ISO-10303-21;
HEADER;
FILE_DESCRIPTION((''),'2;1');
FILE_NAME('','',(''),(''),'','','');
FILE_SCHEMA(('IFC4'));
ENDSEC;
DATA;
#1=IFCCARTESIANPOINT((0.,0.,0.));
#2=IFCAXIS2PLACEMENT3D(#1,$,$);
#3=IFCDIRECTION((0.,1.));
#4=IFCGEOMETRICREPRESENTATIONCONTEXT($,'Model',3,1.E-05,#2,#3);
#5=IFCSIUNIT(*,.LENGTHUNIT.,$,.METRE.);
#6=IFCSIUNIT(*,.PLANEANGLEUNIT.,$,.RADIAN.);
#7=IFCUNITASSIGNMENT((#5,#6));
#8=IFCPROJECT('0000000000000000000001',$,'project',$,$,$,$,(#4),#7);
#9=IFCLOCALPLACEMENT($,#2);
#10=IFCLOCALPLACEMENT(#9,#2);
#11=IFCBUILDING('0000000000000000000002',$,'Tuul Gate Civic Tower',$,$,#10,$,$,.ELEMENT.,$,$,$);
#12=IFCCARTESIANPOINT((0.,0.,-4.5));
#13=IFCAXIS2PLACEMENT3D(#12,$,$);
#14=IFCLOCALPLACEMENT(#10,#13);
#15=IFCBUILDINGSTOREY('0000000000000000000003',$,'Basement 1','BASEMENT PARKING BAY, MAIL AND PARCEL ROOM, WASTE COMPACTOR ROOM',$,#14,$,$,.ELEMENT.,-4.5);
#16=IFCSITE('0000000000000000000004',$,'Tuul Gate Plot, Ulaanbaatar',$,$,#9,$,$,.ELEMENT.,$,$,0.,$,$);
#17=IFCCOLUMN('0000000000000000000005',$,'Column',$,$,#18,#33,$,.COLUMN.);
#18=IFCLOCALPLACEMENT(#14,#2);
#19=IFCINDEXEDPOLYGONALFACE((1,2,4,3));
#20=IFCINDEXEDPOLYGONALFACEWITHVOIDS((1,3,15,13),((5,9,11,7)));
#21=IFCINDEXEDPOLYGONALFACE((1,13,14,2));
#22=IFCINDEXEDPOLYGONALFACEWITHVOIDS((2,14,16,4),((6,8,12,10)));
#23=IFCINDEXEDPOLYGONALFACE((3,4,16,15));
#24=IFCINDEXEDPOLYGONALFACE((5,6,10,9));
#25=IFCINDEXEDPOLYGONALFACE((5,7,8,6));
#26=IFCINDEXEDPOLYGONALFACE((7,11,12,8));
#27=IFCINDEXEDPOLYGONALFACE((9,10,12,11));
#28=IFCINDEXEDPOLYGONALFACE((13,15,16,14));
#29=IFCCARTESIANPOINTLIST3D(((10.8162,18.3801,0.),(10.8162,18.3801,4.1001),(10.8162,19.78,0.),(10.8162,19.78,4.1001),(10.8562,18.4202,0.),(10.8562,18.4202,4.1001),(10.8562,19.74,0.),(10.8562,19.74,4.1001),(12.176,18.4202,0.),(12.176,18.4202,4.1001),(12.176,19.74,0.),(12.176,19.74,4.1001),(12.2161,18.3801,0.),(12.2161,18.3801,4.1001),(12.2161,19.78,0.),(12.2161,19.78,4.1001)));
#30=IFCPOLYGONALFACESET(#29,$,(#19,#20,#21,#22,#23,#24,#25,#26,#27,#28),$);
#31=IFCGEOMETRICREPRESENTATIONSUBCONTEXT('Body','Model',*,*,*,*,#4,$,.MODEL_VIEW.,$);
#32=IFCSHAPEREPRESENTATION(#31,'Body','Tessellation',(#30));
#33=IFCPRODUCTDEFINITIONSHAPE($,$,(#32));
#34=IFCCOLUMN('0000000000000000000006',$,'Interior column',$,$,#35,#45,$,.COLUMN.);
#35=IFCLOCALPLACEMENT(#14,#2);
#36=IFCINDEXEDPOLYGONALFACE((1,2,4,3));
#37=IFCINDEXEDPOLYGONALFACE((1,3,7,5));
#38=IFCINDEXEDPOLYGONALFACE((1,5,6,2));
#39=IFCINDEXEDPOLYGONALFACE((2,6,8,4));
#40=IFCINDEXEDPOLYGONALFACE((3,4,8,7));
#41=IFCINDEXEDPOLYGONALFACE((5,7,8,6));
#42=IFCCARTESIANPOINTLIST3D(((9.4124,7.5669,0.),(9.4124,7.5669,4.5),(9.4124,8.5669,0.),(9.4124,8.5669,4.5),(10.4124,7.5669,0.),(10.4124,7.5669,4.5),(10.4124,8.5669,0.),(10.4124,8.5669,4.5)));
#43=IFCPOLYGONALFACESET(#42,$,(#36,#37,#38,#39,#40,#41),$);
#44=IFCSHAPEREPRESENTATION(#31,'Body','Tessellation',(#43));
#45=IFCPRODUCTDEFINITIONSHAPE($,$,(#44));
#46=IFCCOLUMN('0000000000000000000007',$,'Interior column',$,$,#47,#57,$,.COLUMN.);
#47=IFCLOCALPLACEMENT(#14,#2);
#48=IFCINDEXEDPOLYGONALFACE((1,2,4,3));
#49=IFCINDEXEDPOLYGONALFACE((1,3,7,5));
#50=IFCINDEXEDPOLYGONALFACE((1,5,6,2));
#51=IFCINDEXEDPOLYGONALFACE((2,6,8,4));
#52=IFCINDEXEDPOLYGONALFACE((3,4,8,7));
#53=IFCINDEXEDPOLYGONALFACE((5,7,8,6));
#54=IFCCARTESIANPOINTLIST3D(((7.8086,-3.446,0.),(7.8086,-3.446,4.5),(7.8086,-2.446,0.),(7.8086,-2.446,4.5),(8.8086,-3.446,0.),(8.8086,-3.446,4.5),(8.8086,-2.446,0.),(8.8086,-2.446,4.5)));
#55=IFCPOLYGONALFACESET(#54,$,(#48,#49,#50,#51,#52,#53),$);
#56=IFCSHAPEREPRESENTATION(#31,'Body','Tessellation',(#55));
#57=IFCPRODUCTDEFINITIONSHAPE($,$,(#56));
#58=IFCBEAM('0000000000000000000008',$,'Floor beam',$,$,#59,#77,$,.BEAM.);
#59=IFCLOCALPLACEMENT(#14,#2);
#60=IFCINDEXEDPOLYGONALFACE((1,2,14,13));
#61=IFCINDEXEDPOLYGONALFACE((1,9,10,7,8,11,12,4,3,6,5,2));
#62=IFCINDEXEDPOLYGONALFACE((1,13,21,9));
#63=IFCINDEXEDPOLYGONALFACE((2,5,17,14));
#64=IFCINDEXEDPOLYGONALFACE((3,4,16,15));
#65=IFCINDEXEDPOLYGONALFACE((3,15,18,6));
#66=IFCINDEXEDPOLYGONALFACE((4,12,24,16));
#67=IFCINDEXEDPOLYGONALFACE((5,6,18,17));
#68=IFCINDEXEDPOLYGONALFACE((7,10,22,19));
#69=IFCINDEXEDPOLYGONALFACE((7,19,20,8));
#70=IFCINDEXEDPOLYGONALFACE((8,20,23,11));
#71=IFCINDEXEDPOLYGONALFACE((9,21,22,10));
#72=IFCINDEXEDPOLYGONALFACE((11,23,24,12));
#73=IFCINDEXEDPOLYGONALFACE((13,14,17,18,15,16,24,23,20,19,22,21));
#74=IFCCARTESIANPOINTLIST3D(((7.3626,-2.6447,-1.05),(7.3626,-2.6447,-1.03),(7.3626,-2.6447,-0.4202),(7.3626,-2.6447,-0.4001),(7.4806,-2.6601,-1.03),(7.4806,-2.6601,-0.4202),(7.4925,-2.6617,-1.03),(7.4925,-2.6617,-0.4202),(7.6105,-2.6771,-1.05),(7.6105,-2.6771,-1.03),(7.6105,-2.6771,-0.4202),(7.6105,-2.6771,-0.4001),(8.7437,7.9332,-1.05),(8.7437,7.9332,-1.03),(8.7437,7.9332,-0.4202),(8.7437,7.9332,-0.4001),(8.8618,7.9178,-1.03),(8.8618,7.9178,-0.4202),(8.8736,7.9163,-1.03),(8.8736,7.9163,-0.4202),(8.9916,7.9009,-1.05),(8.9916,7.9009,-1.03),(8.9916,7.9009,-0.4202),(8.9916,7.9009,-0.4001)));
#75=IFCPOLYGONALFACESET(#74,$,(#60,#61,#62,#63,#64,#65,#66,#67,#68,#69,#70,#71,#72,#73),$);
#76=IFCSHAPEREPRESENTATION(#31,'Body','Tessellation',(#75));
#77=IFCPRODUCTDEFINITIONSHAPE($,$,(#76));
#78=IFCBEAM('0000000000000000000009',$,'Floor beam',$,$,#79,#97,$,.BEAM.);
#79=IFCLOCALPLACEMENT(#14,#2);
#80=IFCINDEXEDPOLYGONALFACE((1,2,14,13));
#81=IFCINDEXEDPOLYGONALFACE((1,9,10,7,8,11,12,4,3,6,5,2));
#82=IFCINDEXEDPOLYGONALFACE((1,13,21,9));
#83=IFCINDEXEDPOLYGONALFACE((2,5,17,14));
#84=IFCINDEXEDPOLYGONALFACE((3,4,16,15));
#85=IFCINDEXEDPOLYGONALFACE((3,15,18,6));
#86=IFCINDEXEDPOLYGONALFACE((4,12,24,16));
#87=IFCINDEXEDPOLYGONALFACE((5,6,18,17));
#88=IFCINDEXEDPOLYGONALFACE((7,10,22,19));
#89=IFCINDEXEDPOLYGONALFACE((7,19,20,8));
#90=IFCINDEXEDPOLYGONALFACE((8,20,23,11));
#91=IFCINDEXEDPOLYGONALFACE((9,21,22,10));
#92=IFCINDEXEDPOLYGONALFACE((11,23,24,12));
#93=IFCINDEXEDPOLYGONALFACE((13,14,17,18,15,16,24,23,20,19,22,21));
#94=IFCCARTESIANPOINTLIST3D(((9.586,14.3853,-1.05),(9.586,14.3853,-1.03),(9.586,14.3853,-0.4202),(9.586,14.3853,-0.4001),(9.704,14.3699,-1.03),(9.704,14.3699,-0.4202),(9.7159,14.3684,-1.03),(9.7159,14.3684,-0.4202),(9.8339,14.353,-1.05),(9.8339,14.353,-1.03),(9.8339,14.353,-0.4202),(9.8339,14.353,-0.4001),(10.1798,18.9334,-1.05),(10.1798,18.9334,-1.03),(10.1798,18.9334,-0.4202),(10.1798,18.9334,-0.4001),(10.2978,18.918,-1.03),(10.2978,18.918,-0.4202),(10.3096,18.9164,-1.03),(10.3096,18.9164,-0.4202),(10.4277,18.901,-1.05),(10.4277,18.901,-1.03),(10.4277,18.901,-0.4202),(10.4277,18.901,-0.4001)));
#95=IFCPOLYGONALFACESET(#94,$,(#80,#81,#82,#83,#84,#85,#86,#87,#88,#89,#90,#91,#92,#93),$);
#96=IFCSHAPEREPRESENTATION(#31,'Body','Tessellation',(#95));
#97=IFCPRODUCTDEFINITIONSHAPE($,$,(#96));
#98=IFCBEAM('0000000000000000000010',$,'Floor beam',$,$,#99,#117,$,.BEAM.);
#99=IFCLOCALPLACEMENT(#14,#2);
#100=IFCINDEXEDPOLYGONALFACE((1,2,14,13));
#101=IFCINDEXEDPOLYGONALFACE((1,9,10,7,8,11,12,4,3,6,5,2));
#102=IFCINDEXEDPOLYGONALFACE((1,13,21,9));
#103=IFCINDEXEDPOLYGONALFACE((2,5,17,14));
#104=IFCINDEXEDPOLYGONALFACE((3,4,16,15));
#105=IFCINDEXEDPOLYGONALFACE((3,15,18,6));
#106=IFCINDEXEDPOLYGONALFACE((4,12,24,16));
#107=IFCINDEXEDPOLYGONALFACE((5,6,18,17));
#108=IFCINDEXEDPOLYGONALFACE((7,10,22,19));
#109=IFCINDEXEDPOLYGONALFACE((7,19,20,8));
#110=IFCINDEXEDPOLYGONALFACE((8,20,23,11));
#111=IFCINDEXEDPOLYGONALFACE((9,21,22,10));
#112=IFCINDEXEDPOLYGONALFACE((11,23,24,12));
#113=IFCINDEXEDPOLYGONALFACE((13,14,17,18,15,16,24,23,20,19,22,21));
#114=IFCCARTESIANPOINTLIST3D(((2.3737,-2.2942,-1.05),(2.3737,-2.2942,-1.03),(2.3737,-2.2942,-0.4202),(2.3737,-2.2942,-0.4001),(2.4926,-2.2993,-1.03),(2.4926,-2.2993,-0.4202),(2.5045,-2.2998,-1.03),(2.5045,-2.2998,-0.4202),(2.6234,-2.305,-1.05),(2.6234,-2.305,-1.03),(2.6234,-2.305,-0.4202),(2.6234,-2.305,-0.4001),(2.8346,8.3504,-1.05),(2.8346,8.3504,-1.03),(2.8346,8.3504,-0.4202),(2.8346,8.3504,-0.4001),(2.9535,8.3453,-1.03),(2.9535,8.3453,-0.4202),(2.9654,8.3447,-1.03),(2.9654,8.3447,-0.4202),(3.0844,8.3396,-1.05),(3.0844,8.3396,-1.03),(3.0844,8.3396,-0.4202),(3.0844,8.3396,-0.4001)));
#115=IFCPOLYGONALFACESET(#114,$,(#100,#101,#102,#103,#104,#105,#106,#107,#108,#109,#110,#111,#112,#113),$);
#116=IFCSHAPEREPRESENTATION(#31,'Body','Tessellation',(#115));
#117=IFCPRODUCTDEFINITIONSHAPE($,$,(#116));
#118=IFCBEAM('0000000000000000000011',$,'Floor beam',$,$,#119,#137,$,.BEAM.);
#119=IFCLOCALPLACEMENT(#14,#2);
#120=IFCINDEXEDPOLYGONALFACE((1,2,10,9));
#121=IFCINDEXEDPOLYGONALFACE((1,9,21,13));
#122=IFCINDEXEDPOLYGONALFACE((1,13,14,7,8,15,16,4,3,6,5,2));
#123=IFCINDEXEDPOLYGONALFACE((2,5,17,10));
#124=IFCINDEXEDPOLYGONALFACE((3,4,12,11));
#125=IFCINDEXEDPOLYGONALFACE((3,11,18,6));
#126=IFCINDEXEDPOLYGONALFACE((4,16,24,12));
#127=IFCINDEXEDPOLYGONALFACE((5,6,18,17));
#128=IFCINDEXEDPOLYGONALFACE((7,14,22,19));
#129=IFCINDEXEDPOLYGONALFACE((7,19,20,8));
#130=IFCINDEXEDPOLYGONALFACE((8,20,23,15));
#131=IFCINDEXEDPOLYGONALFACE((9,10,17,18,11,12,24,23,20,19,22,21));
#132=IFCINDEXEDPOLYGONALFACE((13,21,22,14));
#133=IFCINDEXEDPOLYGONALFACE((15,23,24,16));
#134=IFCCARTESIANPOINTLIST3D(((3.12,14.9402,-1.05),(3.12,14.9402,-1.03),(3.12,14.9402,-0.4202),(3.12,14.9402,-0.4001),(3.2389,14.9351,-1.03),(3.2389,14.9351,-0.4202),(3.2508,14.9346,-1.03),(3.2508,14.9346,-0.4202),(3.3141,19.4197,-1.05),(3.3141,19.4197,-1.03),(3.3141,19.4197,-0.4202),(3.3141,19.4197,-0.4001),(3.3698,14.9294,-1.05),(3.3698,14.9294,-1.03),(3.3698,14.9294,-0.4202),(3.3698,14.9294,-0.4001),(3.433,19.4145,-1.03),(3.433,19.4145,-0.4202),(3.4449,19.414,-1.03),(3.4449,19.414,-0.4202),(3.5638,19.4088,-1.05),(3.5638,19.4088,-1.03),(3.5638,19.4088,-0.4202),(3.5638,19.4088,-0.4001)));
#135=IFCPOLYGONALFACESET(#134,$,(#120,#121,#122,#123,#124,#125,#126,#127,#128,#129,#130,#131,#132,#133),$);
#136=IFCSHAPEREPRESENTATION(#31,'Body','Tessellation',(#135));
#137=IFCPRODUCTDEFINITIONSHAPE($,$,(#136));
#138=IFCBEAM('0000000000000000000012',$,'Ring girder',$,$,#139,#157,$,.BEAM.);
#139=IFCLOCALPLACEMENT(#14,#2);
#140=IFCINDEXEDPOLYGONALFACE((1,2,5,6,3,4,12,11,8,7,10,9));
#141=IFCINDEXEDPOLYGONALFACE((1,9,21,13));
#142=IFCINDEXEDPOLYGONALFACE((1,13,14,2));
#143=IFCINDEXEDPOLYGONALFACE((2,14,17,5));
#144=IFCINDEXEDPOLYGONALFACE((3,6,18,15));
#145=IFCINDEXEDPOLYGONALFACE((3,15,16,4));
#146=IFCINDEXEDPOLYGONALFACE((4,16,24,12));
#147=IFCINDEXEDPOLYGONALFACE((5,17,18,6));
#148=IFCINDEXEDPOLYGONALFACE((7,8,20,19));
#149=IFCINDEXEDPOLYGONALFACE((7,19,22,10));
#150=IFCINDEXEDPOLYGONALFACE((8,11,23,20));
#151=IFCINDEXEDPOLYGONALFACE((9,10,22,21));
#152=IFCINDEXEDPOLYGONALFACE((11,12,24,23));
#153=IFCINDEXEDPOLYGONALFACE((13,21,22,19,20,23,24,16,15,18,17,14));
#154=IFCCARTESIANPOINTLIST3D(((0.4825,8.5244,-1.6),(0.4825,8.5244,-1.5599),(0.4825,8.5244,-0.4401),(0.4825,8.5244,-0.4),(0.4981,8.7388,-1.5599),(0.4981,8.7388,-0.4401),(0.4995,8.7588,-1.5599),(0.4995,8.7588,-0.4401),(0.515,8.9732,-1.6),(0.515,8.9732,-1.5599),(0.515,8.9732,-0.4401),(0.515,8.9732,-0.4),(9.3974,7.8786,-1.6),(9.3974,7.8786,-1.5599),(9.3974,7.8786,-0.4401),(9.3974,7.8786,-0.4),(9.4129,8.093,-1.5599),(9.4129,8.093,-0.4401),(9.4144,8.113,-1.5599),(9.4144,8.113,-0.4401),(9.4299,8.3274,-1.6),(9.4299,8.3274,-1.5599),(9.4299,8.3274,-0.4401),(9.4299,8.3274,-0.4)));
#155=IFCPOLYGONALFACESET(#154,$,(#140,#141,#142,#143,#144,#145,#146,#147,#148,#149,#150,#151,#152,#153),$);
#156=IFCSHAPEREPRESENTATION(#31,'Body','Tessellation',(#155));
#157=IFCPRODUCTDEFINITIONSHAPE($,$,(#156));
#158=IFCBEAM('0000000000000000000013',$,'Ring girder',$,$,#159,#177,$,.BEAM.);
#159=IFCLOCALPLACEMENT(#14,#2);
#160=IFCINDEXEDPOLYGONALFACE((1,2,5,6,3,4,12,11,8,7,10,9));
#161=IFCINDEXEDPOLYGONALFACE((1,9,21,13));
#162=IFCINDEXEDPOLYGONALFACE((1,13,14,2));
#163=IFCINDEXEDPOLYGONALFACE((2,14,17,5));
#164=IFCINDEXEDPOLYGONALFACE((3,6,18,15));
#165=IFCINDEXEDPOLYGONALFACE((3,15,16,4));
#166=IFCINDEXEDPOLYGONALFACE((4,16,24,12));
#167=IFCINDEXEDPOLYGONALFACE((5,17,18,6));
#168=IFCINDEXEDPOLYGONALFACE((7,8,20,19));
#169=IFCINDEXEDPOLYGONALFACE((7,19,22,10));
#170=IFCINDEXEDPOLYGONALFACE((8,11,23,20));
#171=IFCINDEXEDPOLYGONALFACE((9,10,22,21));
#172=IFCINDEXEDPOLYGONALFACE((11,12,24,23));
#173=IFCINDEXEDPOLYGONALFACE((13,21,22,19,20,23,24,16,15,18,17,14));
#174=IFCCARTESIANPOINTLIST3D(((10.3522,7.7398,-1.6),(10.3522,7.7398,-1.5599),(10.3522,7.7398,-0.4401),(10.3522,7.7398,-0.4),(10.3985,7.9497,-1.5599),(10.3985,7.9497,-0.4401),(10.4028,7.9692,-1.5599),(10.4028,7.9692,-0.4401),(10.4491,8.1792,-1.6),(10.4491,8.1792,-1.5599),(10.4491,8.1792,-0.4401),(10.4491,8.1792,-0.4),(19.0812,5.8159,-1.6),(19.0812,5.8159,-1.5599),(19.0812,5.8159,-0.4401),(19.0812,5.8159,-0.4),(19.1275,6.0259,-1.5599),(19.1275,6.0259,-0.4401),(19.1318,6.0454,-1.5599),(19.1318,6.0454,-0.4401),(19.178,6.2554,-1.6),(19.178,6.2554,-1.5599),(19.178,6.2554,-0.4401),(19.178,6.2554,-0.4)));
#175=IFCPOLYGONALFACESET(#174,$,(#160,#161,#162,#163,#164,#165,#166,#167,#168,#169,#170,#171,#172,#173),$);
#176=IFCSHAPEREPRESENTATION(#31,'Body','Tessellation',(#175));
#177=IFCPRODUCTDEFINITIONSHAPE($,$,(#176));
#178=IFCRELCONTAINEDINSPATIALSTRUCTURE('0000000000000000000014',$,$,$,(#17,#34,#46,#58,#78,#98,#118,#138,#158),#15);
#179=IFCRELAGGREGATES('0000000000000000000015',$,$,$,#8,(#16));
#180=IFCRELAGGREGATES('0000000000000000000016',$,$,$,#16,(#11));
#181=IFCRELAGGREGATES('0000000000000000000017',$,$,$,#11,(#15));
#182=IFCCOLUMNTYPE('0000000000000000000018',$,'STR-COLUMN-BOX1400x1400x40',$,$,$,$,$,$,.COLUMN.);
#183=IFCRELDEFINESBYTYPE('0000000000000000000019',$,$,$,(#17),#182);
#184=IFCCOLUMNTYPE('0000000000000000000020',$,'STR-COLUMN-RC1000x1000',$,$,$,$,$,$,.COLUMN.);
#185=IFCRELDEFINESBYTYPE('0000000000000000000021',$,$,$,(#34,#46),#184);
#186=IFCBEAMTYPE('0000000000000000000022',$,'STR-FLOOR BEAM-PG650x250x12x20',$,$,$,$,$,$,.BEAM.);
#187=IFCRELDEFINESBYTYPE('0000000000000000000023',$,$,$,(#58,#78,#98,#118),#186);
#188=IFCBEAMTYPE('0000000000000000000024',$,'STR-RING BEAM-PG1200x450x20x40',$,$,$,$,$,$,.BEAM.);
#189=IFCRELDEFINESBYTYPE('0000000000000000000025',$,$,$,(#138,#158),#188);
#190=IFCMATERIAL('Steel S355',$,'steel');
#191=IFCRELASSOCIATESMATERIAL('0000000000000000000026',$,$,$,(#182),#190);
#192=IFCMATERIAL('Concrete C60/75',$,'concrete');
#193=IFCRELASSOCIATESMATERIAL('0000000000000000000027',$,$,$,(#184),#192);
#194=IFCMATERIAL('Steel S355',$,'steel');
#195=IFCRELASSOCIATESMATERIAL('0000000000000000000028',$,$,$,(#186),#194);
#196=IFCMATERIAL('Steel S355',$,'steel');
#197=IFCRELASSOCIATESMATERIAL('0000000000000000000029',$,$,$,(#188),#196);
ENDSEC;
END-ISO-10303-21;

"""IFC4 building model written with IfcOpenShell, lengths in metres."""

from ifc_helpers import new_model, si_unit, direction, frame, origin, origin_2d, place, context, subcontext, project, spatial, rectangle, hollow_rectangle, i_section, extrude, material, material_profile, profile_set, type_object, element, save


model = new_model("IFC4")

# Units and contexts
model_context = context("Model", 3, precision=1e-05, world=origin(), true_north=direction((0.0, 1.0)))
body_context = subcontext(model_context, "Body", "Model", "MODEL_VIEW")
ifc_project = project(units=[si_unit("LENGTHUNIT", "METRE"), si_unit("PLANEANGLEUNIT", "RADIAN")], contexts=[model_context])

# Site, building, storey
site_placement = place(None, origin())
site = spatial("IfcSite", under=ifc_project, at=site_placement, Name="Tuul Gate Plot, Ulaanbaatar", CompositionType="ELEMENT", RefElevation=0.0)
building_placement = place(site_placement, origin())
building = spatial("IfcBuilding", under=site, at=building_placement, Name="Tuul Gate Civic Tower", CompositionType="ELEMENT")
storey_placement = place(building_placement, frame((0.0, 0.0, -4.5)))
storey = spatial("IfcBuildingStorey", under=building, at=storey_placement, Name="Basement 1", Description="BASEMENT PARKING BAY, MAIL AND PARCEL ROOM, WASTE COMPACTOR ROOM", CompositionType="ELEMENT", Elevation=-4.5)

# Columns
ifc_material_1 = material(Name="Steel S355", Category="steel")
ifc_material_profile_1 = material_profile(ifc_material_1, hollow_rectangle(XDim=1.3999, YDim=1.3999, WallThickness=0.04, at=origin_2d()), Name="BOX1400x1400x40")
ifc_profile_set_1 = profile_set([ifc_material_profile_1], Name="Steel S355")
column_type_1 = type_object("IfcColumnType", Name="STR-COLUMN-BOX1400x1400x40", PredefinedType="COLUMN", material=ifc_profile_set_1)
column_placement = place(storey_placement, frame((11.5161, 19.0801, 0.0), z_axis=(0.0, 0.0, 1.0), x_axis=(1.0, 0.0, 0.0)))
element("IfcColumn", 1, at=column_placement, inside=storey, type_object=column_type_1, Name="Column", PredefinedType="COLUMN", context=body_context, shape_type="SweptSolid", body=[
    extrude(hollow_rectangle(XDim=1.3999, YDim=1.3999, WallThickness=0.04, at=origin_2d()), origin(), (0.0, 0.0, 1.0), 4.1001),
])
ifc_material_2 = material(Name="Concrete C60/75", Category="concrete")
ifc_material_profile_2 = material_profile(ifc_material_2, rectangle(XDim=1.0, YDim=1.0, at=origin_2d()), Name="RC1000x1000")
ifc_profile_set_2 = profile_set([ifc_material_profile_2], Name="Concrete C60/75")
column_type_2 = type_object("IfcColumnType", Name="STR-COLUMN-RC1000x1000", PredefinedType="COLUMN", material=ifc_profile_set_2)
for number, where, z_axis, x_axis, name in (
    (2, (9.9124, 8.0669, 0.0), (0.0, 0.0, 1.0), (1.0, 0.0, 0.0), "Interior column"),
    (3, (8.3086, -2.946, 0.0), (0.0, 0.0, 1.0), (1.0, 0.0, 0.0), "Interior column"),
):
    element("IfcColumn", number, at=place(storey_placement, frame(where, z_axis=z_axis, x_axis=x_axis)), inside=storey, type_object=column_type_2, Name=name, PredefinedType="COLUMN", context=body_context, shape_type="SweptSolid", body=[
        extrude(rectangle(XDim=1.0, YDim=1.0, at=origin_2d()), origin(), (0.0, 0.0, 1.0), 4.5),
    ])

# Beams
ifc_material_3 = material(Name="Steel S355", Category="steel")
ifc_material_profile_3 = material_profile(ifc_material_3, i_section(OverallWidth=0.25, OverallDepth=0.6499, WebThickness=0.012, FlangeThickness=0.02, at=origin_2d()), Name="PG650x250x12x20")
ifc_profile_set_3 = profile_set([ifc_material_profile_3], Name="Steel S355")
beam_type_1 = type_object("IfcBeamType", Name="STR-FLOOR BEAM-PG650x250x12x20", PredefinedType="BEAM", material=ifc_profile_set_3)
beam_1_placement = place(storey_placement, frame((7.4866, -2.6609, -0.7251), z_axis=(0.129466, 0.991584, 0.0), x_axis=(-0.991584, 0.129466, 0.0)))
element("IfcBeam", 4, at=beam_1_placement, inside=storey, type_object=beam_type_1, Name="Floor beam", PredefinedType="BEAM", context=body_context, shape_type="SweptSolid", body=[
    extrude(i_section(OverallWidth=0.25, OverallDepth=0.6499, WebThickness=0.012, FlangeThickness=0.02, at=origin_2d()), origin(), (0.0, 0.0, 1.0), 10.6677),
])
beam_2_placement = place(storey_placement, frame((9.71, 14.3691, -0.7251), z_axis=(0.129451, 0.991586, 0.0), x_axis=(-0.991586, 0.129451, 0.0)))
element("IfcBeam", 5, at=beam_2_placement, inside=storey, type_object=beam_type_1, Name="Floor beam", PredefinedType="BEAM", context=body_context, shape_type="SweptSolid", body=[
    extrude(i_section(OverallWidth=0.25, OverallDepth=0.6499, WebThickness=0.012, FlangeThickness=0.02, at=origin_2d()), origin(), (0.0, 0.0, 1.0), 4.5867),
])
beam_3_placement = place(storey_placement, frame((2.4985, -2.2996, -0.7251), z_axis=(0.043262, 0.999064, 0.0), x_axis=(-0.999064, 0.043262, 0.0)))
element("IfcBeam", 6, at=beam_3_placement, inside=storey, type_object=beam_type_1, Name="Floor beam", PredefinedType="BEAM", context=body_context, shape_type="SweptSolid", body=[
    extrude(i_section(OverallWidth=0.25, OverallDepth=0.6499, WebThickness=0.012, FlangeThickness=0.02, at=origin_2d()), origin(), (0.0, 0.0, 1.0), 10.6545),
])
beam_4_placement = place(storey_placement, frame((3.2449, 14.9348, -0.7251), z_axis=(0.043288, 0.999063, 0.0), x_axis=(-0.999063, 0.043288, 0.0)))
element("IfcBeam", 7, at=beam_4_placement, inside=storey, type_object=beam_type_1, Name="Floor beam", PredefinedType="BEAM", context=body_context, shape_type="SweptSolid", body=[
    extrude(i_section(OverallWidth=0.25, OverallDepth=0.6499, WebThickness=0.012, FlangeThickness=0.02, at=origin_2d()), origin(), (0.0, 0.0, 1.0), 4.4836),
])
ifc_material_4 = material(Name="Steel S355", Category="steel")
ifc_material_profile_4 = material_profile(ifc_material_4, i_section(OverallWidth=0.45, OverallDepth=1.2, WebThickness=0.02, FlangeThickness=0.04, at=origin_2d()), Name="PG1200x450x20x40")
ifc_profile_set_4 = profile_set([ifc_material_profile_4], Name="Steel S355")
beam_type_2 = type_object("IfcBeamType", Name="STR-RING BEAM-PG1200x450x20x40", PredefinedType="BEAM", material=ifc_profile_set_4)
beam_5_placement = place(storey_placement, frame((0.4988, 8.7488, -1.0), z_axis=(0.997387, -0.072247, 0.0), x_axis=(0.072247, 0.997387, 0.0)))
element("IfcBeam", 8, at=beam_5_placement, inside=storey, type_object=beam_type_2, Name="Ring girder", PredefinedType="BEAM", context=body_context, shape_type="SweptSolid", body=[
    extrude(i_section(OverallWidth=0.45, OverallDepth=1.2, WebThickness=0.02, FlangeThickness=0.04, at=origin_2d()), origin(), (0.0, 0.0, 1.0), 8.9382),
])
beam_6_placement = place(storey_placement, frame((10.4006, 7.9595, -1.0), z_axis=(0.976563, -0.21523, 0.0), x_axis=(0.21523, 0.976563, 0.0)))
element("IfcBeam", 9, at=beam_6_placement, inside=storey, type_object=beam_type_2, Name="Ring girder", PredefinedType="BEAM", context=body_context, shape_type="SweptSolid", body=[
    extrude(i_section(OverallWidth=0.45, OverallDepth=1.2, WebThickness=0.02, FlangeThickness=0.04, at=origin_2d()), origin(), (0.0, 0.0, 1.0), 8.9385),
])

save(model, "model.ifc")
